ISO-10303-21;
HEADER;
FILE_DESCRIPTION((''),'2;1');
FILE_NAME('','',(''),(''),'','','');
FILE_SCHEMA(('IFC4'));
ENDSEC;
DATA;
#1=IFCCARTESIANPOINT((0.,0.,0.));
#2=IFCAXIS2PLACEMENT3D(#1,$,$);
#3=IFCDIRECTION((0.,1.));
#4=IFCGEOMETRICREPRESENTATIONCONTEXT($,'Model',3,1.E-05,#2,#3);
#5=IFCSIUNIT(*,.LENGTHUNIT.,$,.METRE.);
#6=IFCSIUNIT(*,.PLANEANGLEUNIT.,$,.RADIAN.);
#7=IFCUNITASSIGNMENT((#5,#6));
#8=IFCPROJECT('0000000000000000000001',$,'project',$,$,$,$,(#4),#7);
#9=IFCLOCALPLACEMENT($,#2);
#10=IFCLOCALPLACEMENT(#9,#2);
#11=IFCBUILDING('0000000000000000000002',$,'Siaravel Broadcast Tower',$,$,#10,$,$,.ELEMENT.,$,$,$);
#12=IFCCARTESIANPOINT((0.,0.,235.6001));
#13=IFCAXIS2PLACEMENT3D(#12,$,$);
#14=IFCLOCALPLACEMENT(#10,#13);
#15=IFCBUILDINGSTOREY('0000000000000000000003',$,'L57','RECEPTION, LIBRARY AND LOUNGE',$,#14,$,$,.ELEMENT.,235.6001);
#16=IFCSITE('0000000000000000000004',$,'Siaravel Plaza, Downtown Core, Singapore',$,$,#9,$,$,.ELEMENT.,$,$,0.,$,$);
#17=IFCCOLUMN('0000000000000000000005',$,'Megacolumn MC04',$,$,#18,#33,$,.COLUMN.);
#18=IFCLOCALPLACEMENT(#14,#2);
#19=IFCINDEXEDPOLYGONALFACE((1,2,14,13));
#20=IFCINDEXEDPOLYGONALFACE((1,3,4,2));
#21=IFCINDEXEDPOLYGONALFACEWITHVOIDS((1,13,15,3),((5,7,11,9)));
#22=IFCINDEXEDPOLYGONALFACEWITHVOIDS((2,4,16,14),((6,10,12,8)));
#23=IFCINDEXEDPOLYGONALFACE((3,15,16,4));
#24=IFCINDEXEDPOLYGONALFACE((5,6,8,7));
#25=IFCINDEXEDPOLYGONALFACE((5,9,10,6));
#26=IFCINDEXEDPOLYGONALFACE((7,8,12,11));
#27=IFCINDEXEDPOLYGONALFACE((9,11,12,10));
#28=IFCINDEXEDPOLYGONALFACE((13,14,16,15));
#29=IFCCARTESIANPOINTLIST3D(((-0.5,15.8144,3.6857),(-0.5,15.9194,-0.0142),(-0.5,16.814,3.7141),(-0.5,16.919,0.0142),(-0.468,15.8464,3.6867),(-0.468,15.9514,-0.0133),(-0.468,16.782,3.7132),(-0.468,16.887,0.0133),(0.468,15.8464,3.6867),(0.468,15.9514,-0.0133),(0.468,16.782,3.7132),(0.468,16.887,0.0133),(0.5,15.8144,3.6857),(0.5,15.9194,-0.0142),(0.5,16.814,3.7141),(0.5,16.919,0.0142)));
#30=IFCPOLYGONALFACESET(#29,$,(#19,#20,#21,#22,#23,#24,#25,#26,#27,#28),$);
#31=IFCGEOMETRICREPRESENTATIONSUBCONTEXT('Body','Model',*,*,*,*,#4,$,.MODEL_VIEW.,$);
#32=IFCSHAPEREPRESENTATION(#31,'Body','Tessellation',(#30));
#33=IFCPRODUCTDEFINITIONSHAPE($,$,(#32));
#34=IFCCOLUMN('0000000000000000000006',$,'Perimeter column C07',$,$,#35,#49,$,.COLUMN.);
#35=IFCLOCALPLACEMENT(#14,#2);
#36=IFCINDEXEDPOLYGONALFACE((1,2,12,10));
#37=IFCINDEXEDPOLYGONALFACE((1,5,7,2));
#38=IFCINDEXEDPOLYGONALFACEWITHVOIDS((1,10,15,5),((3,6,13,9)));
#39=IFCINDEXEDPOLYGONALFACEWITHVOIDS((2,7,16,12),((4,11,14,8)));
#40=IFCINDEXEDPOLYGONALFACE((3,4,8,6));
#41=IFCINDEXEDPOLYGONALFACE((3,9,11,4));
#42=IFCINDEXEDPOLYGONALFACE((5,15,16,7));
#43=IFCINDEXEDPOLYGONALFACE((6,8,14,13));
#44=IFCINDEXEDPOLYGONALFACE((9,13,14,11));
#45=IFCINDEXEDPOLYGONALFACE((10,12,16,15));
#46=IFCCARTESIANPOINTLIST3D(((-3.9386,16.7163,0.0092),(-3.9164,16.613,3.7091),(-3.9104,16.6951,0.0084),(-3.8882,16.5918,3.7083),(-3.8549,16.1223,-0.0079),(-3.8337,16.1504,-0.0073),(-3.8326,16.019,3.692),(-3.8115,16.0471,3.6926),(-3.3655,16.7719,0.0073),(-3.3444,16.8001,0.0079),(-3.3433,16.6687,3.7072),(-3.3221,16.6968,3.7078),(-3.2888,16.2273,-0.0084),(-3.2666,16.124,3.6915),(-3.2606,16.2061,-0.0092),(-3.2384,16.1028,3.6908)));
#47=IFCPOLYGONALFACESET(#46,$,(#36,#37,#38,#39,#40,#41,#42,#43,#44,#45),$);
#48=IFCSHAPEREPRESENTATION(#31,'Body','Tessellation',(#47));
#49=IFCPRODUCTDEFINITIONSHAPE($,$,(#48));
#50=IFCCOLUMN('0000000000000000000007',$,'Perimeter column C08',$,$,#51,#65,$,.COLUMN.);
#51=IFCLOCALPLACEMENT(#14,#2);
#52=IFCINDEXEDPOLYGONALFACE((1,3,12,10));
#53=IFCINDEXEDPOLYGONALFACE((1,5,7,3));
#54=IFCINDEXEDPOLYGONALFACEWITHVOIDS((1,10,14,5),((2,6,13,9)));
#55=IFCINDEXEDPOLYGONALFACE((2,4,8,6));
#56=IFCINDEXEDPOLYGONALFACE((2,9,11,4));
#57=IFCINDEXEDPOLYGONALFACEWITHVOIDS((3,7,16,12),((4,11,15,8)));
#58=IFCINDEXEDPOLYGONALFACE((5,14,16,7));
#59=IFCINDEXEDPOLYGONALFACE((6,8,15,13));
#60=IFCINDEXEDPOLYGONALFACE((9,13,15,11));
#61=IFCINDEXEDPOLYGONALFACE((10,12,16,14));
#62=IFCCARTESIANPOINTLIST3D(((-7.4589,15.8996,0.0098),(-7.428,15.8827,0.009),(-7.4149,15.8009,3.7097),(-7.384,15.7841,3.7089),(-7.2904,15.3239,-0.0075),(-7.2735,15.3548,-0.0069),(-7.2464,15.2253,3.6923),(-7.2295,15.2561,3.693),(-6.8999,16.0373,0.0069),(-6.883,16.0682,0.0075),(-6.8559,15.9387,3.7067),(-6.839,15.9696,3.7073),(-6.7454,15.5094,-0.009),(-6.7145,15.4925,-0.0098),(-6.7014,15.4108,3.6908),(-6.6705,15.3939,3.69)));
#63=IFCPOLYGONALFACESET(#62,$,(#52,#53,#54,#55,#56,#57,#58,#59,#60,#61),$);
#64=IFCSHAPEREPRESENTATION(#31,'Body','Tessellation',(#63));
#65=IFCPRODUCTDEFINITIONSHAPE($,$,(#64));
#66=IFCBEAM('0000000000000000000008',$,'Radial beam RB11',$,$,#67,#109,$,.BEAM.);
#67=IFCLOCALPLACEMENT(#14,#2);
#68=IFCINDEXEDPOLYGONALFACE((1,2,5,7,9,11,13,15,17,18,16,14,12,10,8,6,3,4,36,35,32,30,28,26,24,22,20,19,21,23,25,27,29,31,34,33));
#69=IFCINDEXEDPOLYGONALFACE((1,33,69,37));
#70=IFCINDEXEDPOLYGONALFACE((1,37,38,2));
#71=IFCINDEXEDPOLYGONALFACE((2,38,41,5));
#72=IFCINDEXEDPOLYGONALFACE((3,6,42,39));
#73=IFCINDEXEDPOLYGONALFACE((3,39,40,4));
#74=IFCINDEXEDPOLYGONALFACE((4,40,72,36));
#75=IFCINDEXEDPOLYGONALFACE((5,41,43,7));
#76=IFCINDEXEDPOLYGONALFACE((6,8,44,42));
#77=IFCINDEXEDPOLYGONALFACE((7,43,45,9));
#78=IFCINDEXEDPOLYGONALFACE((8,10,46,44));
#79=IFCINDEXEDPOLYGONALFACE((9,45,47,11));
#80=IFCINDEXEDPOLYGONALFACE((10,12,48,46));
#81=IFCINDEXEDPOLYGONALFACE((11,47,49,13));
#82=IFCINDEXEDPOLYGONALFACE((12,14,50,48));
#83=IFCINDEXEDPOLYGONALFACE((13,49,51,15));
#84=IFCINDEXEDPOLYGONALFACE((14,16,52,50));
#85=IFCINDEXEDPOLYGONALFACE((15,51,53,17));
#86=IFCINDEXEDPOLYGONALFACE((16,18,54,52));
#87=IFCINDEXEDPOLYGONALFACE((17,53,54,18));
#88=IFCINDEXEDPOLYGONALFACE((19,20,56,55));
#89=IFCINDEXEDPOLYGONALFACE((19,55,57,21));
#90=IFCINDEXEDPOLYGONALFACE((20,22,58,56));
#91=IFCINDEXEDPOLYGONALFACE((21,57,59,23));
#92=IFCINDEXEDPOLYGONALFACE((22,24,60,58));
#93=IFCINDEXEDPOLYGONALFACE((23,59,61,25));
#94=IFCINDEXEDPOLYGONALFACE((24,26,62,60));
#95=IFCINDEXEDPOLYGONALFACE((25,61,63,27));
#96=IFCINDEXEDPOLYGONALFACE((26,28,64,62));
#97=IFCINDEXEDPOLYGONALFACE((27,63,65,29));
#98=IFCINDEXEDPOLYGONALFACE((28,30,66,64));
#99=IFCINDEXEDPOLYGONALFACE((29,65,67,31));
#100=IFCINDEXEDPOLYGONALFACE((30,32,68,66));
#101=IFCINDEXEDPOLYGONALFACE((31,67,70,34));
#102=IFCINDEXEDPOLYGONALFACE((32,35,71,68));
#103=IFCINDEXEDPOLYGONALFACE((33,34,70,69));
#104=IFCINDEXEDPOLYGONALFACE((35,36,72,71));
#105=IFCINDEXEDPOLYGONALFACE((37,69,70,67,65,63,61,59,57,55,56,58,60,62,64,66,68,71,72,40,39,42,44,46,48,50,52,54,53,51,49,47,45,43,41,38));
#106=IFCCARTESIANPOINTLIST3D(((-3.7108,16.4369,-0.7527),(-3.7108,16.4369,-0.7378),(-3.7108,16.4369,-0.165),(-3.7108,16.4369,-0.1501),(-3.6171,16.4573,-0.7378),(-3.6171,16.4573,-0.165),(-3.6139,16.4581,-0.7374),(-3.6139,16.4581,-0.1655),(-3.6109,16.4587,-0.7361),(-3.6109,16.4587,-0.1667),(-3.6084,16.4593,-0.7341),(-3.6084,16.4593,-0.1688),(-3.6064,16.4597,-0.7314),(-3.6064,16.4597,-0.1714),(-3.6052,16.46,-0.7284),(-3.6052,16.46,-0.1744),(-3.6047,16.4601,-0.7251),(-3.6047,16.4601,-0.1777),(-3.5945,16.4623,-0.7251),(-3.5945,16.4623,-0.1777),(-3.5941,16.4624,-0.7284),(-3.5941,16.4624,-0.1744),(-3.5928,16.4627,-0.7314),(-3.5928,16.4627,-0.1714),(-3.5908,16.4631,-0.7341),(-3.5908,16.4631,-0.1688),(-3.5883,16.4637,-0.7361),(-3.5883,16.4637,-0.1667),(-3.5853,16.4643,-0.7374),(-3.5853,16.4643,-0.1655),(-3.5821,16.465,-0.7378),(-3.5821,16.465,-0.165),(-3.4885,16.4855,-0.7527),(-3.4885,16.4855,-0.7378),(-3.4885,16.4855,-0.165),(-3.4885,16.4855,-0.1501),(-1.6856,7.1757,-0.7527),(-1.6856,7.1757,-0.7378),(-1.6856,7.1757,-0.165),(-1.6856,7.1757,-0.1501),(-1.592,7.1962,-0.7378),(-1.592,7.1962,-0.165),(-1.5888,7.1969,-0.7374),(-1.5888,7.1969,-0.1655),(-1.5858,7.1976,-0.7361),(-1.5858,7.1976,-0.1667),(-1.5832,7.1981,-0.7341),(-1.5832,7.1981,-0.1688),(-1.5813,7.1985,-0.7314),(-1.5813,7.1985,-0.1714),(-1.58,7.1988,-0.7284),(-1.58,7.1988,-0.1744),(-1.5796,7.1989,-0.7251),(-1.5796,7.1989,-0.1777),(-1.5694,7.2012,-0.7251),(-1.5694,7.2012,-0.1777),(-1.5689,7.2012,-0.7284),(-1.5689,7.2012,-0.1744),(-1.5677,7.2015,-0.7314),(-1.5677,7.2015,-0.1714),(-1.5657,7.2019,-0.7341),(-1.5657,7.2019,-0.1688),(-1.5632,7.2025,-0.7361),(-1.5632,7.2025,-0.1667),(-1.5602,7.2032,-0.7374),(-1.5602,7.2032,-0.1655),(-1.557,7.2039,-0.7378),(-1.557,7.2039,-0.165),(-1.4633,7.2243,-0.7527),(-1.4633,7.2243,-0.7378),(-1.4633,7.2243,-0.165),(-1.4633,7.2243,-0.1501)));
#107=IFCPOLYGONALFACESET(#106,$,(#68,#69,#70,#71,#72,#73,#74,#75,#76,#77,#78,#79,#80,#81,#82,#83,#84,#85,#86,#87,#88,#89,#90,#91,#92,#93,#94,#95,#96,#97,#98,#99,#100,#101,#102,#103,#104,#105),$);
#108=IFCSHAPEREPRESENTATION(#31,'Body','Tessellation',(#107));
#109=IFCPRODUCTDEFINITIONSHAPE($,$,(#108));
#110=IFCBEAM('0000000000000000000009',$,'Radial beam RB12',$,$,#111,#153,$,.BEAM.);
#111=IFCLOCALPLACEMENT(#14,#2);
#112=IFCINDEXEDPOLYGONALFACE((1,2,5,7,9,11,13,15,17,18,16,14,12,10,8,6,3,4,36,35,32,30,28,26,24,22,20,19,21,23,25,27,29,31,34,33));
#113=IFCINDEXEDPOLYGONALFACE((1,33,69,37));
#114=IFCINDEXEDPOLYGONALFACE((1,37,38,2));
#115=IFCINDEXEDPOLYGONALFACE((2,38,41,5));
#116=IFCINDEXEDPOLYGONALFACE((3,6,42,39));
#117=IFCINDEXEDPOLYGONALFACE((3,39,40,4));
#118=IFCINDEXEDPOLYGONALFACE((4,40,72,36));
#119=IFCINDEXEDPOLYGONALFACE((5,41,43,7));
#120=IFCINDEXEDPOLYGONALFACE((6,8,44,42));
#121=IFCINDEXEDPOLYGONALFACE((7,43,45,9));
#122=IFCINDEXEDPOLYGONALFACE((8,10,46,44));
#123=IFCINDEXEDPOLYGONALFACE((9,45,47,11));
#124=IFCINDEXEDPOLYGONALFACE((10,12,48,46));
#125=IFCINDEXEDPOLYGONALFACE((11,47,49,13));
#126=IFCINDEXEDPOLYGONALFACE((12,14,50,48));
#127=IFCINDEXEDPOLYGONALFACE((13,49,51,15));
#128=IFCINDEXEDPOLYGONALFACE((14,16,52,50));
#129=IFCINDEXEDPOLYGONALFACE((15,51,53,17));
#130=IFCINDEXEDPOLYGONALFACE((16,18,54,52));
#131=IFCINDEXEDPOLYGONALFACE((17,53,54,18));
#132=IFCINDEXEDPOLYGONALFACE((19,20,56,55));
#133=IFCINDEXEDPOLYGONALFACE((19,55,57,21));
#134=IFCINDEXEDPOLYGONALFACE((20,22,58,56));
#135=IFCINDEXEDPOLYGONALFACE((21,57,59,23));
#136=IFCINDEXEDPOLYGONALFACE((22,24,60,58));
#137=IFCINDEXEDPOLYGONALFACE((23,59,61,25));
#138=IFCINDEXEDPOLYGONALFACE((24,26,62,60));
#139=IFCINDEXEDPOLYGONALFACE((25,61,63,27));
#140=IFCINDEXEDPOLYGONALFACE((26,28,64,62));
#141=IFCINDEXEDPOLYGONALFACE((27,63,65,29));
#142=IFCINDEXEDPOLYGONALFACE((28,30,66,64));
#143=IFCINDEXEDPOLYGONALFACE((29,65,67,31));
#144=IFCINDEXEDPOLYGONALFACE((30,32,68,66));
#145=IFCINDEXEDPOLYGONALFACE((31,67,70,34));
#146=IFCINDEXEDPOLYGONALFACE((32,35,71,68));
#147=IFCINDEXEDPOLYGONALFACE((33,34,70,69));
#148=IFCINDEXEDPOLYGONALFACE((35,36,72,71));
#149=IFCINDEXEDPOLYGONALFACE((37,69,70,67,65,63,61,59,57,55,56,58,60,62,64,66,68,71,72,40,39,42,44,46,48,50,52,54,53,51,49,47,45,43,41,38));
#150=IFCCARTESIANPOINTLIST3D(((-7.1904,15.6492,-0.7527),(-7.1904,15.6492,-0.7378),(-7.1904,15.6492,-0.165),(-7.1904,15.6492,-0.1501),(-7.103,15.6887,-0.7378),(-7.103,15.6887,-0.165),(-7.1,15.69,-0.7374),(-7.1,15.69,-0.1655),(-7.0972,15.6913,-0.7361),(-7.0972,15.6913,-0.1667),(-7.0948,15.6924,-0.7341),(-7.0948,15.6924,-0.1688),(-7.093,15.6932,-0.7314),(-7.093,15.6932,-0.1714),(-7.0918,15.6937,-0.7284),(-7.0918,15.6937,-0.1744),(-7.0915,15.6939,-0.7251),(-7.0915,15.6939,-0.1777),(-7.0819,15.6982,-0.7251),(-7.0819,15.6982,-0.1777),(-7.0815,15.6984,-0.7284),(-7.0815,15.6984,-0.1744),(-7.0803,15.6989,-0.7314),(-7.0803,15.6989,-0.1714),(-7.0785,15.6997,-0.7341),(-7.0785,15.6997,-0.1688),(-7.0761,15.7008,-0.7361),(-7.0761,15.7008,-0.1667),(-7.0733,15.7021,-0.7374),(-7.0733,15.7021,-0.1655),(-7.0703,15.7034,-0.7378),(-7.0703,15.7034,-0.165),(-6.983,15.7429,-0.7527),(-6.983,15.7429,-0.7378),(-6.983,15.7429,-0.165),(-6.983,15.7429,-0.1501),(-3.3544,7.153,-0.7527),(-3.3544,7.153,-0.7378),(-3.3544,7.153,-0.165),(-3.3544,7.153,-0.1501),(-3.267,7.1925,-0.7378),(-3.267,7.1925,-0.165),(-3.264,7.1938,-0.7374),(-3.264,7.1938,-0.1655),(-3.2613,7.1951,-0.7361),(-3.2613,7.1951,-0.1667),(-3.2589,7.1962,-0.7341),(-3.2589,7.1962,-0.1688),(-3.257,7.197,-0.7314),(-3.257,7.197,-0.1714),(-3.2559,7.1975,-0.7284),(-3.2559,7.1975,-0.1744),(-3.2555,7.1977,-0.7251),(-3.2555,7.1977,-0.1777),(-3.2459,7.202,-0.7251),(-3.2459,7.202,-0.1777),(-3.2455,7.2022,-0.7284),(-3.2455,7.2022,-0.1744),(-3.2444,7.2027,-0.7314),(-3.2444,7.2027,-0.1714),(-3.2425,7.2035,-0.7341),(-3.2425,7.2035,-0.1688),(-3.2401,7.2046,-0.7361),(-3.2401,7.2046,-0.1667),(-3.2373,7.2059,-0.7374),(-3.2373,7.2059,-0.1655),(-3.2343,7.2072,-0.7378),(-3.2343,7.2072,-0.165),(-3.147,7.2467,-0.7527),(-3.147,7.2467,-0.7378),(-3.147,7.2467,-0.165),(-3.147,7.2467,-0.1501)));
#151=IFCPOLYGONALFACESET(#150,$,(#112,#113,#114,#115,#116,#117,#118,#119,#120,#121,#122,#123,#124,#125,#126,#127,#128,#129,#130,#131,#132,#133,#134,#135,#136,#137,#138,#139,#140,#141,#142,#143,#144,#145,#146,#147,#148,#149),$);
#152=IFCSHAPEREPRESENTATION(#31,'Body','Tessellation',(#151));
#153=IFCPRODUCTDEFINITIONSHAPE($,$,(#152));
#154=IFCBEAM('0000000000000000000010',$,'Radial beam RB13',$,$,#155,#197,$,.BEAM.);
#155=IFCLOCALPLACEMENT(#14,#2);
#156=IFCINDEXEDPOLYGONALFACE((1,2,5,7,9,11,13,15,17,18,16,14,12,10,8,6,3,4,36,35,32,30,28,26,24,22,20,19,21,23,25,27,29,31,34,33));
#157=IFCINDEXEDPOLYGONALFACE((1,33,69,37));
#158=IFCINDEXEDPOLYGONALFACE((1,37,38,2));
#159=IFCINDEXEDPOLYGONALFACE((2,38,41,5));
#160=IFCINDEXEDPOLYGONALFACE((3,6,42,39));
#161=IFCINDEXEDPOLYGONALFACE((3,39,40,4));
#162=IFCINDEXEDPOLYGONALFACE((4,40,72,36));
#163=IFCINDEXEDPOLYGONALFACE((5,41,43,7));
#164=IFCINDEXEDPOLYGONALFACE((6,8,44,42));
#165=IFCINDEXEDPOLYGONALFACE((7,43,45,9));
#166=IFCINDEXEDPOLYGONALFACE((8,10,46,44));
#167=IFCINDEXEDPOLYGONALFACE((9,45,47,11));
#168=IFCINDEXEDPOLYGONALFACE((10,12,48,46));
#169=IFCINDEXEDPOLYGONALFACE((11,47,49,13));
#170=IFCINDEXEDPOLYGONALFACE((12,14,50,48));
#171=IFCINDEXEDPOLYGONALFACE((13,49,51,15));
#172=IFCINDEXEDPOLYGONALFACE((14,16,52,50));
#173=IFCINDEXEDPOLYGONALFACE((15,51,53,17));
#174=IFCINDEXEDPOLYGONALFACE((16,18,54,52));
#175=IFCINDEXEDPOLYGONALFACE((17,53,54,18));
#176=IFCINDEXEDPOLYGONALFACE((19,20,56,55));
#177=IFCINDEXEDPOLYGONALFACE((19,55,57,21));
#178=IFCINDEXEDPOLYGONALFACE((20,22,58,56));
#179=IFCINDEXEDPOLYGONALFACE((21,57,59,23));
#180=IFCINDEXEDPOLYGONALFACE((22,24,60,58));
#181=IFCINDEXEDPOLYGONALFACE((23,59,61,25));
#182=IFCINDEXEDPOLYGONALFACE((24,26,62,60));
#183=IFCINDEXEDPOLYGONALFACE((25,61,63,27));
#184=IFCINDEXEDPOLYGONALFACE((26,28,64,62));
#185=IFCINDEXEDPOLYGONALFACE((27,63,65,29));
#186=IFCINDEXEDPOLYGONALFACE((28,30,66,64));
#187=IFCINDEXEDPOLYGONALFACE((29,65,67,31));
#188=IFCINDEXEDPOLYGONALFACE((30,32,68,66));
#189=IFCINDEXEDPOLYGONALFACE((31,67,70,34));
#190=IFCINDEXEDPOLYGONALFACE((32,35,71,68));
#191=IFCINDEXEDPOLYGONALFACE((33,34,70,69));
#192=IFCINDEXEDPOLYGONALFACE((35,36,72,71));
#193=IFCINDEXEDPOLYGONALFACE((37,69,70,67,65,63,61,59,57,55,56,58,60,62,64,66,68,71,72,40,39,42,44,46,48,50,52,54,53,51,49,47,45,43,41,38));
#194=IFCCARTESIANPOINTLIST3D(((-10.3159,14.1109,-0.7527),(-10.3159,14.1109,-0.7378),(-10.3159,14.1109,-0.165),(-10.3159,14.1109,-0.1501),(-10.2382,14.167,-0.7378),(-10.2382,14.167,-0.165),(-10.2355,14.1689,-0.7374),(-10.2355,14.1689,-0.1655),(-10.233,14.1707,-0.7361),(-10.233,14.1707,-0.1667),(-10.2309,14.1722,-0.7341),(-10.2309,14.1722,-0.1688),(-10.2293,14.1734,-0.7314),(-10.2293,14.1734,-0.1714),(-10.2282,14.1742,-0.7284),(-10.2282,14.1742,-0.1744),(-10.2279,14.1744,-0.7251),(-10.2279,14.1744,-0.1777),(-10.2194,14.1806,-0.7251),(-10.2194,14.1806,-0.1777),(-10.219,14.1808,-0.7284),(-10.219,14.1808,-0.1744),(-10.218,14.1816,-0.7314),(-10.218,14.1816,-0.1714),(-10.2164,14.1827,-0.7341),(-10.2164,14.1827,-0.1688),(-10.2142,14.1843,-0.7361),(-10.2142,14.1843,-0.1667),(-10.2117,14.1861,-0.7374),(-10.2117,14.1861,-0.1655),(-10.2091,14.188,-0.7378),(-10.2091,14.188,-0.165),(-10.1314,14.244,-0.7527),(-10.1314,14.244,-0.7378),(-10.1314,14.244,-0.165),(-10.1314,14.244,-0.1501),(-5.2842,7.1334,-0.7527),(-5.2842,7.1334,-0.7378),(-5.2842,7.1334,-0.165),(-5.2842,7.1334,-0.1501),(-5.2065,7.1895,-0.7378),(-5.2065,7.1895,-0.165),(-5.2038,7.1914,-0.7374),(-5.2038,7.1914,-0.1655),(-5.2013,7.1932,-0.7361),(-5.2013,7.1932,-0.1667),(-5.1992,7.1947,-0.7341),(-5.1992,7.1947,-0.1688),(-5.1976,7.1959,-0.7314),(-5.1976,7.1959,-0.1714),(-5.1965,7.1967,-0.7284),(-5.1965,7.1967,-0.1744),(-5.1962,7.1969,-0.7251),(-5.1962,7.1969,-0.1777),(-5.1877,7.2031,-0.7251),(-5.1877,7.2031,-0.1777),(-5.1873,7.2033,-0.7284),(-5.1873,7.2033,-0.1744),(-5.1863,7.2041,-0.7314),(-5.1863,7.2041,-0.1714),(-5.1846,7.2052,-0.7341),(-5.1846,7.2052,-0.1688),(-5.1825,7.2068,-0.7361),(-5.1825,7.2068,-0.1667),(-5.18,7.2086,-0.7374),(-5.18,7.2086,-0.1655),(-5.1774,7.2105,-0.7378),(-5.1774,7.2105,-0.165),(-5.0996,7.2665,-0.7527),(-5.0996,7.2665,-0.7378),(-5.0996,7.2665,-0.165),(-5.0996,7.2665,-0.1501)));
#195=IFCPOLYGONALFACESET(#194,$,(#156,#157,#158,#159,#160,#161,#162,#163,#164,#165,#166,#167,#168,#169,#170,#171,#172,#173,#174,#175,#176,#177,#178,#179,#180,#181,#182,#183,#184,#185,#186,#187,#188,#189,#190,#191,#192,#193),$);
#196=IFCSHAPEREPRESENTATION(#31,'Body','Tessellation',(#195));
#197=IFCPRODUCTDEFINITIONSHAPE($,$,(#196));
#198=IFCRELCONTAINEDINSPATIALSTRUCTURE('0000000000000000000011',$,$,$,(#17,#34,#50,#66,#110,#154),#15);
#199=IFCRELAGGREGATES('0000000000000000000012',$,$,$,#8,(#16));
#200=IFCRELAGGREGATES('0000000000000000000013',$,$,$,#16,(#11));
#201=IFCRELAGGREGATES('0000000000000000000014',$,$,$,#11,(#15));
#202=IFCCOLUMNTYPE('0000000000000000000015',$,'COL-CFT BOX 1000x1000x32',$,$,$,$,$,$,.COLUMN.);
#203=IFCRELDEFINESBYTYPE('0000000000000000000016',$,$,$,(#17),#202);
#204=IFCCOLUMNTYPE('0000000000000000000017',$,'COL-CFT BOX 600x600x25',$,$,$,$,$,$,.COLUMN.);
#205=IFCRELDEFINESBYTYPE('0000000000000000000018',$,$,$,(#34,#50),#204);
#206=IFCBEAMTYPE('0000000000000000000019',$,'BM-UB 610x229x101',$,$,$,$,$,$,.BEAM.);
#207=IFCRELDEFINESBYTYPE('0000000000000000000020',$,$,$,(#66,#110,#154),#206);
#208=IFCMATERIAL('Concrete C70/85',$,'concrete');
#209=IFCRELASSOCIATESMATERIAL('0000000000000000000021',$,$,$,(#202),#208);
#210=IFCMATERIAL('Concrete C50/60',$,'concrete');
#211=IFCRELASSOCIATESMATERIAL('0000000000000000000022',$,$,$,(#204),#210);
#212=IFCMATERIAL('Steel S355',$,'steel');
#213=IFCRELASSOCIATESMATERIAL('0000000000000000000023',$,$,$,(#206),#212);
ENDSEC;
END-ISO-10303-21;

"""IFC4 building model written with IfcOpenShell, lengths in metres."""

from ifc_helpers import new_model, si_unit, direction, frame, origin, origin_2d, place, context, subcontext, project, spatial, hollow_rectangle, i_section, extrude, material, material_profile, profile_set, type_object, element, save


model = new_model("IFC4")

# Units and contexts
model_context = context("Model", 3, precision=1e-05, world=origin(), true_north=direction((0.0, 1.0)))
body_context = subcontext(model_context, "Body", "Model", "MODEL_VIEW")
ifc_project = project(units=[si_unit("LENGTHUNIT", "METRE"), si_unit("PLANEANGLEUNIT", "RADIAN")], contexts=[model_context])

# Site, building, storey
site_placement = place(None, origin())
site = spatial("IfcSite", under=ifc_project, at=site_placement, Name="Siaravel Plaza, Downtown Core, Singapore", CompositionType="ELEMENT", RefElevation=0.0)
building_placement = place(site_placement, origin())
building = spatial("IfcBuilding", under=site, at=building_placement, Name="Siaravel Broadcast Tower", CompositionType="ELEMENT")
storey_placement = place(building_placement, frame((0.0, 0.0, 235.6001)))
storey = spatial("IfcBuildingStorey", under=building, at=storey_placement, Name="L57", Description="RECEPTION, LIBRARY AND LOUNGE", CompositionType="ELEMENT", Elevation=235.6001)

# Columns
ifc_material_1 = material(Name="Concrete C70/85", Category="concrete")
ifc_material_profile_1 = material_profile(ifc_material_1, hollow_rectangle(XDim=1.0, YDim=1.0, WallThickness=0.032, at=origin_2d()))
ifc_profile_set_1 = profile_set([ifc_material_profile_1], Name="Concrete C70/85")
column_type_1 = type_object("IfcColumnType", Name="COL-CFT BOX 1000x1000x32", PredefinedType="COLUMN", material=ifc_profile_set_1)
column_placement = place(storey_placement, frame((0.0, 16.4192, 0.0), z_axis=(0.0, -0.028362, 0.999598), x_axis=(1.0, 0.0, 0.0)))
element("IfcColumn", 1, at=column_placement, inside=storey, type_object=column_type_1, Name="Megacolumn MC04", PredefinedType="COLUMN", context=body_context, shape_type="SweptSolid", body=[
    extrude(hollow_rectangle(XDim=1.0, YDim=1.0, WallThickness=0.032, at=origin_2d()), origin(), (0.0, 0.0, 1.0), 3.7014),
])
ifc_material_2 = material(Name="Concrete C50/60", Category="concrete")
ifc_material_profile_2 = material_profile(ifc_material_2, hollow_rectangle(XDim=0.6001, YDim=0.6001, WallThickness=0.0249, at=origin_2d()))
ifc_profile_set_2 = profile_set([ifc_material_profile_2], Name="Concrete C50/60")
column_type_2 = type_object("IfcColumnType", Name="COL-CFT BOX 600x600x25", PredefinedType="COLUMN", material=ifc_profile_set_2)
for number, where, z_axis, x_axis, name in (
    (2, (-3.5996, 16.4612, 0.0), (0.006002, -0.0279, 0.999593), (0.990201, 0.139634, -0.002048), "Perimeter column C07"),
    (3, (-7.0867, 15.696, 0.0), (0.011872, -0.026647, 0.999574), (0.959698, 0.281005, -0.003908), "Perimeter column C08"),
):
    element("IfcColumn", number, at=place(storey_placement, frame(where, z_axis=z_axis, x_axis=x_axis)), inside=storey, type_object=column_type_2, Name=name, PredefinedType="COLUMN", context=body_context, shape_type="SweptSolid", body=[
        extrude(hollow_rectangle(XDim=0.6001, YDim=0.6001, WallThickness=0.0249, at=origin_2d()), origin(), (0.0, 0.0, 1.0), 3.7014),
    ])

# Beams
ifc_material_3 = material(Name="Steel S355", Category="steel")
ifc_material_profile_3 = material_profile(ifc_material_3, i_section(OverallWidth=0.2275, OverallDepth=0.6025, WebThickness=0.0105, FlangeThickness=0.0149, FilletRadius=0.0127, at=origin_2d()))
ifc_profile_set_3 = profile_set([ifc_material_profile_3], Name="Steel S355")
beam_type = type_object("IfcBeamType", Name="BM-UB 610x229x101", PredefinedType="BEAM", material=ifc_profile_set_3)
beam_1_placement = place(storey_placement, frame((-3.5996, 16.4612, -0.4514), z_axis=(0.213622, -0.976916, 0.0), x_axis=(0.976916, 0.213622, 0.0)))
element("IfcBeam", 4, at=beam_1_placement, inside=storey, type_object=beam_type, Name="Radial beam RB11", PredefinedType="BEAM", context=body_context, shape_type="SweptSolid", body=[
    extrude(i_section(OverallWidth=0.2275, OverallDepth=0.6025, WebThickness=0.0105, FlangeThickness=0.0149, FilletRadius=0.0127, at=origin_2d()), origin(), (0.0, 0.0, 1.0), 9.48),
])
beam_2_placement = place(storey_placement, frame((-7.0867, 15.696, -0.4514), z_axis=(0.411497, -0.911411, 0.0), x_axis=(0.911411, 0.411497, 0.0)))
element("IfcBeam", 5, at=beam_2_placement, inside=storey, type_object=beam_type, Name="Radial beam RB12", PredefinedType="BEAM", context=body_context, shape_type="SweptSolid", body=[
    extrude(i_section(OverallWidth=0.2275, OverallDepth=0.6025, WebThickness=0.0105, FlangeThickness=0.0149, FilletRadius=0.0127, at=origin_2d()), origin(), (0.0, 0.0, 1.0), 9.322),
])
beam_3_placement = place(storey_placement, frame((-10.2236, 14.1775, -0.4514), z_axis=(0.58491, -0.811098, 0.0), x_axis=(0.811098, 0.58491, 0.0)))
element("IfcBeam", 6, at=beam_3_placement, inside=storey, type_object=beam_type, Name="Radial beam RB13", PredefinedType="BEAM", context=body_context, shape_type="SweptSolid", body=[
    extrude(i_section(OverallWidth=0.2275, OverallDepth=0.6025, WebThickness=0.0105, FlangeThickness=0.0149, FilletRadius=0.0127, at=origin_2d()), origin(), (0.0, 0.0, 1.0), 8.6025),
])

save(model, "model.ifc")
